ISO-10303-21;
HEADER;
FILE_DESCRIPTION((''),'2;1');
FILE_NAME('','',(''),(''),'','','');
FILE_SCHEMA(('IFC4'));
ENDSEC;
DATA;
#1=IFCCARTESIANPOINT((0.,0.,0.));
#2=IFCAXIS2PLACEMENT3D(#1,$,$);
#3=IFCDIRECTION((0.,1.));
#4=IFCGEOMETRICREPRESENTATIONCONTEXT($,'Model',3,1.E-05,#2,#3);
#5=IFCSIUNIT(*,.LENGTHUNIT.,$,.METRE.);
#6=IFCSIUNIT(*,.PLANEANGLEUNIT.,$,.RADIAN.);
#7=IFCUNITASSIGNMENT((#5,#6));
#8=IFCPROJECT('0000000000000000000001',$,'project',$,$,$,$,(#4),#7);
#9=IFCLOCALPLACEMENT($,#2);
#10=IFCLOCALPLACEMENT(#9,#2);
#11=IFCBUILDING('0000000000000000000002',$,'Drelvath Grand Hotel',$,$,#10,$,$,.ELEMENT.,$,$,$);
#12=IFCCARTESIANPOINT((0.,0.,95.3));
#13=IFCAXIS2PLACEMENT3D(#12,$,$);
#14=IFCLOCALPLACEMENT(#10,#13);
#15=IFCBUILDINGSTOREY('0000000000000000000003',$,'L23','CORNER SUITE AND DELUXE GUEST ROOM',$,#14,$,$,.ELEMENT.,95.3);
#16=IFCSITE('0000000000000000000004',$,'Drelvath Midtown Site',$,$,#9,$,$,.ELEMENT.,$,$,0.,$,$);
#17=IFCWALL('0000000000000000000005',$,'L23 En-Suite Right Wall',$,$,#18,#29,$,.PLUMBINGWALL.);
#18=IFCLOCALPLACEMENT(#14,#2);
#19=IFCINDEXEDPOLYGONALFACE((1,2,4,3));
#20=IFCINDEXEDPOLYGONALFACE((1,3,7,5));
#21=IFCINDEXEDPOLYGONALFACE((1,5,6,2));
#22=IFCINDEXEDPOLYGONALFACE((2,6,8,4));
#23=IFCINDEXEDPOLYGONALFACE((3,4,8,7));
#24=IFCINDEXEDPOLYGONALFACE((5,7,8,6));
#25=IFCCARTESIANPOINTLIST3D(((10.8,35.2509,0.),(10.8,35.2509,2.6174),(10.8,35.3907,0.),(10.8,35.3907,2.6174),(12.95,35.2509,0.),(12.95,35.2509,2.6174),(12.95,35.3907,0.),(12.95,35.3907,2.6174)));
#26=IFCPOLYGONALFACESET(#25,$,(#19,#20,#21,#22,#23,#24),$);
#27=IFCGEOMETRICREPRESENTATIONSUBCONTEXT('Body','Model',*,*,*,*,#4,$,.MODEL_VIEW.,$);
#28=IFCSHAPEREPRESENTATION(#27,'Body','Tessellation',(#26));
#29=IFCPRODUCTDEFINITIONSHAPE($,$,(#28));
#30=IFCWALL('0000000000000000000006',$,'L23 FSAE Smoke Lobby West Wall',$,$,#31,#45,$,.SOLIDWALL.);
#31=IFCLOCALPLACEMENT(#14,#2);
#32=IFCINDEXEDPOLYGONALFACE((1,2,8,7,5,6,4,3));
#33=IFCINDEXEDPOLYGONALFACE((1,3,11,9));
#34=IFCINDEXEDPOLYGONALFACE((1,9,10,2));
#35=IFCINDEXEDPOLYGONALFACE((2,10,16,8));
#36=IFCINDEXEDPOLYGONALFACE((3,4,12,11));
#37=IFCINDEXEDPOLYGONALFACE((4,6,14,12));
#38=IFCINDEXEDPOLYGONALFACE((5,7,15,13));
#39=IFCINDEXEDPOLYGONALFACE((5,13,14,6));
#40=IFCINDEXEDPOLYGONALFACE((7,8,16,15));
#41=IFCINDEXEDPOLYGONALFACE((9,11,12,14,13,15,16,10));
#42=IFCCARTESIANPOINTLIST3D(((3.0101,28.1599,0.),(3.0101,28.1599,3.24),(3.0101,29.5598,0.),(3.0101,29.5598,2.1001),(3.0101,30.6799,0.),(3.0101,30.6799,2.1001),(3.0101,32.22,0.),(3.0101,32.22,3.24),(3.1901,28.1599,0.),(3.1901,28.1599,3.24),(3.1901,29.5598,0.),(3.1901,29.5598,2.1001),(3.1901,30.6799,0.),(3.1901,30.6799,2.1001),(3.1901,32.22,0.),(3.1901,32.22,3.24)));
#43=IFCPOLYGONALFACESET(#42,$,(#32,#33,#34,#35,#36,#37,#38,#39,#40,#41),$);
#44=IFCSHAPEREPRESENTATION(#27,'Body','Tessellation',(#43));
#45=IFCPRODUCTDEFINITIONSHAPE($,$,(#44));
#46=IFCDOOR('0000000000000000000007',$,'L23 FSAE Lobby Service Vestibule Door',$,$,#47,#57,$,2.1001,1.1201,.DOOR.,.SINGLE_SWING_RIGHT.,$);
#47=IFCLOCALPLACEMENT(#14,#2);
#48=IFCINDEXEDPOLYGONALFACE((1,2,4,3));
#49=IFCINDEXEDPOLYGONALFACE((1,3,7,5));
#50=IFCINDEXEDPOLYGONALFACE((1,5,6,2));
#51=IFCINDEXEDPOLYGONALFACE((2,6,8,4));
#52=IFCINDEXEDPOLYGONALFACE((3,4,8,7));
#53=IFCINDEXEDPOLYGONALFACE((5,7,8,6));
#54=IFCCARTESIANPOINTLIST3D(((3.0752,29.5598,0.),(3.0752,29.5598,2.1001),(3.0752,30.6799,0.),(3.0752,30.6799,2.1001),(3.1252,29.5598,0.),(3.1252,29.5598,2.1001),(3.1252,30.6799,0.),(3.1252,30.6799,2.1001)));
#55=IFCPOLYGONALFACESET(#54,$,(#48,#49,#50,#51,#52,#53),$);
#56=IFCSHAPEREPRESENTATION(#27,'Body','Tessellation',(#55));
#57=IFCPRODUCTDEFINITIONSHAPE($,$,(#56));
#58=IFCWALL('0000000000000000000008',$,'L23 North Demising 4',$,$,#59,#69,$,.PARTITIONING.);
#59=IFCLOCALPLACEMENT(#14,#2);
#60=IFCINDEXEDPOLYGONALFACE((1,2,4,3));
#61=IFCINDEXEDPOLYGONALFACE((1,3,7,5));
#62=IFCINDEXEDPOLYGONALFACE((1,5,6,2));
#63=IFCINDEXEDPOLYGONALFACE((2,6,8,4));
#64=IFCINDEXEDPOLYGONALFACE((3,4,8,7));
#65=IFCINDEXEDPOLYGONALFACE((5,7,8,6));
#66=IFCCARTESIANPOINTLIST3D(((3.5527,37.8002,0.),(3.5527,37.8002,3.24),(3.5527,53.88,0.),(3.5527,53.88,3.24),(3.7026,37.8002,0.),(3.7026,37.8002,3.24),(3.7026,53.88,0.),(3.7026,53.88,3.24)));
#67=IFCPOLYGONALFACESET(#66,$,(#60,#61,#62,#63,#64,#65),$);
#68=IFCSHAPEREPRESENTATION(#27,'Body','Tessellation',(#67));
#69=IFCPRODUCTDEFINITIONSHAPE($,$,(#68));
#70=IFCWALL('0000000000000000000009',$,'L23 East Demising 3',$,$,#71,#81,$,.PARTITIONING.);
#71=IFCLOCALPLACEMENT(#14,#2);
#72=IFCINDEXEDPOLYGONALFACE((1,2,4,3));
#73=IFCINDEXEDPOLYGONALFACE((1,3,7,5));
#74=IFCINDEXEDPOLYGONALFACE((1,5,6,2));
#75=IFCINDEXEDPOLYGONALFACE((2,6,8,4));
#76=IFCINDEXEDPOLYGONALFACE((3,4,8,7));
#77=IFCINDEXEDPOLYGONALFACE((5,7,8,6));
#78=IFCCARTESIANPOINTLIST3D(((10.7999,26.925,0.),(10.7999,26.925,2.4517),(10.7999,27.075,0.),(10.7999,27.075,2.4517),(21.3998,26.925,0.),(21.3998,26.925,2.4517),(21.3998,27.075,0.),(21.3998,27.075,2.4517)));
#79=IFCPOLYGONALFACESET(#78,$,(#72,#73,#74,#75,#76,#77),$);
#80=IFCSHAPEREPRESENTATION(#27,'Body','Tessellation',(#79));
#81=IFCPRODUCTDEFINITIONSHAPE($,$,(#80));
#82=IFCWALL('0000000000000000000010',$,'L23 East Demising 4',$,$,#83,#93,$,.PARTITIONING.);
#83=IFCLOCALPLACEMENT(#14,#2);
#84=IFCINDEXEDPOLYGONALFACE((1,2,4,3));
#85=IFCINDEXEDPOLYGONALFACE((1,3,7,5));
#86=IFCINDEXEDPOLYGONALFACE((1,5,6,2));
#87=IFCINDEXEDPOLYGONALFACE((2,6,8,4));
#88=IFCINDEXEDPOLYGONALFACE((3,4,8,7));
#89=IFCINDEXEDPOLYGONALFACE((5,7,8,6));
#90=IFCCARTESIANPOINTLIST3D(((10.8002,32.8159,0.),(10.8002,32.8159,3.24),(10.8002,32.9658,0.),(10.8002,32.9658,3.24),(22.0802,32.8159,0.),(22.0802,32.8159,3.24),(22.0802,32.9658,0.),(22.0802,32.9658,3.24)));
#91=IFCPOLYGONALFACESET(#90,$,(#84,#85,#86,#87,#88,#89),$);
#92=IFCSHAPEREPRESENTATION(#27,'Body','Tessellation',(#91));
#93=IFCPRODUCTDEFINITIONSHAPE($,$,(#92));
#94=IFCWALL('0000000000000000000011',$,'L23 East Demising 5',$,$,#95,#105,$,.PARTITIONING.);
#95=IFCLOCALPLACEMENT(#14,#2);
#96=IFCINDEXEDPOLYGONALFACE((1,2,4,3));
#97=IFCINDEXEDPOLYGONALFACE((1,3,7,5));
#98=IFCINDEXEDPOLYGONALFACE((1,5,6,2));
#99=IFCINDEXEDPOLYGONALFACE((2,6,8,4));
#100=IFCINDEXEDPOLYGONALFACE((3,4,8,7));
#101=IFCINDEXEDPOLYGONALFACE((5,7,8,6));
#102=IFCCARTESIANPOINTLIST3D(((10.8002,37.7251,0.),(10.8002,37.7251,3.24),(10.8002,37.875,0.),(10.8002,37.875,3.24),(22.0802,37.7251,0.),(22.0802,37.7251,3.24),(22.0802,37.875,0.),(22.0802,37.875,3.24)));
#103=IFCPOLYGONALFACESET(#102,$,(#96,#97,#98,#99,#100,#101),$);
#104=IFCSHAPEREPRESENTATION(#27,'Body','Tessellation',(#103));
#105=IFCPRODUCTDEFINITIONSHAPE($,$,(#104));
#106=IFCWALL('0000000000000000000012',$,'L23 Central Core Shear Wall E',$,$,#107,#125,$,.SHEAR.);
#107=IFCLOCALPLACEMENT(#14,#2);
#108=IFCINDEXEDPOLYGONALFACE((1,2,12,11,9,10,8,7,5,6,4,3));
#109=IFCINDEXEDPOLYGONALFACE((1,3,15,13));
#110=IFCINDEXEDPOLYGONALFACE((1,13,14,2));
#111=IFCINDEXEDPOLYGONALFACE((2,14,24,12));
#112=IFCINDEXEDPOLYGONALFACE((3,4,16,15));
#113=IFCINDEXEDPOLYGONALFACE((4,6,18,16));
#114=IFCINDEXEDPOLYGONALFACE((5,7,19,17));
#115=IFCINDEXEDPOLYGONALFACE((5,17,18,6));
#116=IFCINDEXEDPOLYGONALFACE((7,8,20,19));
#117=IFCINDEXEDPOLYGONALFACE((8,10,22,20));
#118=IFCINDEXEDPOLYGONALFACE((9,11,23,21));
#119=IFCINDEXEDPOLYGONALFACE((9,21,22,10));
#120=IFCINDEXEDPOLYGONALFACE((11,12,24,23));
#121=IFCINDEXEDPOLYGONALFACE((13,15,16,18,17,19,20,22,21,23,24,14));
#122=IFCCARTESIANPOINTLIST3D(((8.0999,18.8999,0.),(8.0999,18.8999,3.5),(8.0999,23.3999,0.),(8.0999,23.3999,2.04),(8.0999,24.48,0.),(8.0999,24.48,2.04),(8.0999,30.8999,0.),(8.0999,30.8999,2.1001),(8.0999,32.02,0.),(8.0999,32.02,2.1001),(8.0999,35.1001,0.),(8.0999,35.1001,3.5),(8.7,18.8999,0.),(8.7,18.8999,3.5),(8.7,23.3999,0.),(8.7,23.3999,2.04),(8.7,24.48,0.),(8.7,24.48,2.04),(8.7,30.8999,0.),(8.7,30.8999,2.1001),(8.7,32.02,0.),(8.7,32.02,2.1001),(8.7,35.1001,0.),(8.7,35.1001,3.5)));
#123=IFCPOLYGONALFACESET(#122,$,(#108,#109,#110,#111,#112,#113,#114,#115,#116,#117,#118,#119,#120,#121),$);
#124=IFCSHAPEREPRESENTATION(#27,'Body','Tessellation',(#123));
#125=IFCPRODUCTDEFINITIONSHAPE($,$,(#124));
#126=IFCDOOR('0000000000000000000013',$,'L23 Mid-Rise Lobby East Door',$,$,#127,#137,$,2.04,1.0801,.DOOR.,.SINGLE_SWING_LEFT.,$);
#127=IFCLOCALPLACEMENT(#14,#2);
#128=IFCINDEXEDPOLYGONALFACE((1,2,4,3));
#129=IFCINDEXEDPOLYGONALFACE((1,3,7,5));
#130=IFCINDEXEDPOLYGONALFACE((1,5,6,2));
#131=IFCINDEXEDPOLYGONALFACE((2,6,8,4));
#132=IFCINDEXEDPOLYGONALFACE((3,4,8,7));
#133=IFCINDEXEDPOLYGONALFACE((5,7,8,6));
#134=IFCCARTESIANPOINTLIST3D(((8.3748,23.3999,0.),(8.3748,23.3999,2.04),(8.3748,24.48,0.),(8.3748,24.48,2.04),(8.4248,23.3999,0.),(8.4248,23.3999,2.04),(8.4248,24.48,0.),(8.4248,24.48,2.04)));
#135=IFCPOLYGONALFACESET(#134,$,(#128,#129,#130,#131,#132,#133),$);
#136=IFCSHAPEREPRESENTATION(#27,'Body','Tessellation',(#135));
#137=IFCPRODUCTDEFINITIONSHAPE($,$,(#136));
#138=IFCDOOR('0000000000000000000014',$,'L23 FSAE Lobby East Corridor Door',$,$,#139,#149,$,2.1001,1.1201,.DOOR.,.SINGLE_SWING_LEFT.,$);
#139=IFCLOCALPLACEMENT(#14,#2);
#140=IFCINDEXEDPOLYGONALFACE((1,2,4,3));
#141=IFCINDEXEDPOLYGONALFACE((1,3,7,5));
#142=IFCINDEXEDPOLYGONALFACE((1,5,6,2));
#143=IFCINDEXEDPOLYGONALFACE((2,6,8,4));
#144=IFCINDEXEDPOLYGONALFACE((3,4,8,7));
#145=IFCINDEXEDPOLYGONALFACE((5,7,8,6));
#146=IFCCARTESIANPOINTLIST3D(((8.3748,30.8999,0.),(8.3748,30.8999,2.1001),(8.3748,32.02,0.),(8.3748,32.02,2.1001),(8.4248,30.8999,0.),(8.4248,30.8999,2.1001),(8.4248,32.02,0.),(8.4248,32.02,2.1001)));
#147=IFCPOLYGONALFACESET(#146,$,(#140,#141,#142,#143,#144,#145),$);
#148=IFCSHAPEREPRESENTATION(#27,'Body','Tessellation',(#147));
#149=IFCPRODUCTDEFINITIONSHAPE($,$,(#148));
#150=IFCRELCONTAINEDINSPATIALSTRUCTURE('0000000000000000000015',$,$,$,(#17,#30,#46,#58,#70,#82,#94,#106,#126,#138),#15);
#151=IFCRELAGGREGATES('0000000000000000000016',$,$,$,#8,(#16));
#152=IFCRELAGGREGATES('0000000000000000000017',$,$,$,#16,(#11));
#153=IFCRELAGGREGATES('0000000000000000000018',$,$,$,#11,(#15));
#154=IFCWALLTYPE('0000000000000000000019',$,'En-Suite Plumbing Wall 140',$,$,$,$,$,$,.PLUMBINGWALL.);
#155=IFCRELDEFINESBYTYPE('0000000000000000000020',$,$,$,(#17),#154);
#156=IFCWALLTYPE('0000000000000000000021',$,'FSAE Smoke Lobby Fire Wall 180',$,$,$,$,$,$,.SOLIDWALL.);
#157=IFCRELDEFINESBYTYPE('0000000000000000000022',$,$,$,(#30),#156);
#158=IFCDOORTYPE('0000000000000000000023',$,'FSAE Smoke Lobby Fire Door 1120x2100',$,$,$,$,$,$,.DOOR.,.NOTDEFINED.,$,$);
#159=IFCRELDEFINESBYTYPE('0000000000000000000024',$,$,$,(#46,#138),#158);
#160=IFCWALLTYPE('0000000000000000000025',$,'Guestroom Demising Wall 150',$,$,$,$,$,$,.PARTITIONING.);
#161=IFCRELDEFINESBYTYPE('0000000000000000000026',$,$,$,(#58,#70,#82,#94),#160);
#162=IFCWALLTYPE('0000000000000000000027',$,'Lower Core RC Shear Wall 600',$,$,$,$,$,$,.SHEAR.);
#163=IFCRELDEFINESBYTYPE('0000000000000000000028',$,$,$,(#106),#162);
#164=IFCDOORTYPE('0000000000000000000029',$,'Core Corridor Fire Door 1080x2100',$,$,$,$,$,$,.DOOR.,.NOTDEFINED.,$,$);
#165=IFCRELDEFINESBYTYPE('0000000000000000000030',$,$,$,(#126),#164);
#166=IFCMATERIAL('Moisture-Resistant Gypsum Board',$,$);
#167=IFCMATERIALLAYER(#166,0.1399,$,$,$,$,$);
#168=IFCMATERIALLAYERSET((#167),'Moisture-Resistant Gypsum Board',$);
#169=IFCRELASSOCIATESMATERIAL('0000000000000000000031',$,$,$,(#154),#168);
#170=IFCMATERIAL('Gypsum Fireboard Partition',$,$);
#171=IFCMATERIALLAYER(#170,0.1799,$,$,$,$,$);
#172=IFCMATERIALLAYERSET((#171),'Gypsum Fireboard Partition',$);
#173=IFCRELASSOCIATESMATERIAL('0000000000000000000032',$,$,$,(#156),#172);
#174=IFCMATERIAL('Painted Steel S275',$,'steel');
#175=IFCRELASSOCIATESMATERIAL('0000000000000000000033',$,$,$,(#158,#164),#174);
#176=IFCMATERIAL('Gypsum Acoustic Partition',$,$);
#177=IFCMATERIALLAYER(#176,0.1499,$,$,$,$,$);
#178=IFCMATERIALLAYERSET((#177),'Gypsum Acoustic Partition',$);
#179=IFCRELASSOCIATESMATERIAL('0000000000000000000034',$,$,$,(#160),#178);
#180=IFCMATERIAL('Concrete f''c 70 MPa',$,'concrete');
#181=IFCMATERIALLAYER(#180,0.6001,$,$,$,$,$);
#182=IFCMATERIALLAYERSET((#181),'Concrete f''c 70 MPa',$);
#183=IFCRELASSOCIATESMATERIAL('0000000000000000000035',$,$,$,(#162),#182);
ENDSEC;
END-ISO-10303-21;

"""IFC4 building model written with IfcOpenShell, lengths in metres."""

from ifc_helpers import new_model, si_unit, direction, frame, frame_2d, origin, place, context, subcontext, project, spatial, rectangle, extrude, material, layer, layer_set, type_object, element, fill, save


model = new_model("IFC4")

# Units and contexts
model_context = context("Model", 3, precision=1e-05, world=origin(), true_north=direction((0.0, 1.0)))
body_context = subcontext(model_context, "Body", "Model", "MODEL_VIEW")
ifc_project = project(units=[si_unit("LENGTHUNIT", "METRE"), si_unit("PLANEANGLEUNIT", "RADIAN")], contexts=[model_context])

# Site, building, storey
site_placement = place(None, origin())
site = spatial("IfcSite", under=ifc_project, at=site_placement, Name="Drelvath Midtown Site", CompositionType="ELEMENT", RefElevation=0.0)
building_placement = place(site_placement, origin())
building = spatial("IfcBuilding", under=site, at=building_placement, Name="Drelvath Grand Hotel", CompositionType="ELEMENT")
storey_placement = place(building_placement, frame((0.0, 0.0, 95.3)))
storey = spatial("IfcBuildingStorey", under=building, at=storey_placement, Name="L23", Description="CORNER SUITE AND DELUXE GUEST ROOM", CompositionType="ELEMENT", Elevation=95.3)

# Shared definitions
ifc_material_1 = material(Name="Concrete f'c 70 MPa", Category="concrete")

# Shared definitions
ifc_material_2 = material(Name="Painted Steel S275", Category="steel")

# Wall
ifc_material_3 = material(Name="Gypsum Fireboard Partition")
ifc_material_4 = material(Name="Moisture-Resistant Gypsum Board")
ifc_layer_1 = layer(ifc_material_4, 0.1399)
ifc_layer_set_1 = layer_set([ifc_layer_1], Name="Moisture-Resistant Gypsum Board")
wall_type_1 = type_object("IfcWallType", Name="En-Suite Plumbing Wall 140", PredefinedType="PLUMBINGWALL", material=ifc_layer_set_1)
wall_1_placement = place(storey_placement, frame((10.8, 35.3208, 0.0), z_axis=(0.0, 0.0, 1.0), x_axis=(1.0, 0.0, 0.0)))
element("IfcWall", 1, at=wall_1_placement, inside=storey, type_object=wall_type_1, Name="L23 En-Suite Right Wall", PredefinedType="PLUMBINGWALL", context=body_context, shape_type="SweptSolid", body=[
    extrude(rectangle(XDim=2.1499, YDim=0.1399, at=frame_2d((1.075, 0.0))), origin(), (0.0, 0.0, 1.0), 2.6174),
])

# Wall, opening, door
ifc_layer_2 = layer(ifc_material_3, 0.1799)
ifc_layer_set_2 = layer_set([ifc_layer_2], Name="Gypsum Fireboard Partition")
wall_type_2 = type_object("IfcWallType", Name="FSAE Smoke Lobby Fire Wall 180", PredefinedType="SOLIDWALL", material=ifc_layer_set_2)
wall_2_placement = place(storey_placement, frame((3.1001, 28.1599, 0.0), z_axis=(0.0, 0.0, 1.0), x_axis=(0.0, 1.0, 0.0)))
wall_2 = element("IfcWall", 2, at=wall_2_placement, inside=storey, type_object=wall_type_2, Name="L23 FSAE Smoke Lobby West Wall", PredefinedType="SOLIDWALL", context=body_context, shape_type="SweptSolid", body=[
    extrude(rectangle(XDim=4.0601, YDim=0.1799, at=frame_2d((2.03, 0.0))), origin(), (0.0, 0.0, 1.0), 3.24),
])
opening_1_placement = place(wall_2_placement, frame((1.3999, 0.0, 0.0)))
opening_1 = element("IfcOpeningElement", 3, at=opening_1_placement, cuts=wall_2, PredefinedType="OPENING", context=body_context, shape_type="SweptSolid", body=[
    extrude(rectangle(XDim=1.1201, YDim=2.1001, at=frame_2d((0.5601, 1.05))), frame((0.0, 0.0999, 0.0), z_axis=(0.0, -1.0, 0.0), x_axis=(1.0, 0.0, 0.0)), (0.0, 0.0, 1.0), 0.2),
])
door_type_1 = type_object("IfcDoorType", Name="FSAE Smoke Lobby Fire Door 1120x2100", OperationType="NOTDEFINED", PredefinedType="DOOR", material=ifc_material_2)
door_1_placement = place(opening_1_placement, origin())
door_1 = element("IfcDoor", 4, at=door_1_placement, inside=storey, type_object=door_type_1, Name="L23 FSAE Lobby Service Vestibule Door", OperationType="SINGLE_SWING_RIGHT", OverallHeight=2.1001, OverallWidth=1.1201, PredefinedType="DOOR", context=body_context, shape_type="SweptSolid", body=[
    extrude(rectangle(XDim=1.1201, YDim=2.1001, at=frame_2d((0.5601, 1.05))), frame((0.0, 0.0249, 0.0), z_axis=(0.0, -1.0, 0.0), x_axis=(1.0, 0.0, 0.0)), (0.0, 0.0, 1.0), 0.05),
])
fill(opening_1, door_1)

# Walls
ifc_material_5 = material(Name="Gypsum Acoustic Partition")
ifc_layer_3 = layer(ifc_material_5, 0.1499)
ifc_layer_set_3 = layer_set([ifc_layer_3], Name="Gypsum Acoustic Partition")
wall_type_3 = type_object("IfcWallType", Name="Guestroom Demising Wall 150", PredefinedType="PARTITIONING", material=ifc_layer_set_3)
wall_3_placement = place(storey_placement, frame((3.6277, 37.8, 0.0), z_axis=(0.0, 0.0, 1.0), x_axis=(0.0, 1.0, 0.0)))
element("IfcWall", 5, at=wall_3_placement, inside=storey, type_object=wall_type_3, Name="L23 North Demising 4", PredefinedType="PARTITIONING", context=body_context, shape_type="SweptSolid", body=[
    extrude(rectangle(XDim=16.0798, YDim=0.1499, at=frame_2d((8.04, 0.0))), origin(), (0.0, 0.0, 1.0), 3.24),
])
wall_4_placement = place(storey_placement, frame((10.8, 27.0, 0.0), z_axis=(0.0, 0.0, 1.0), x_axis=(1.0, 0.0, 0.0)))
element("IfcWall", 6, at=wall_4_placement, inside=storey, type_object=wall_type_3, Name="L23 East Demising 3", PredefinedType="PARTITIONING", context=body_context, shape_type="SweptSolid", body=[
    extrude(rectangle(XDim=10.5999, YDim=0.1499, at=frame_2d((5.2998, 0.0))), origin(), (0.0, 0.0, 1.0), 2.4517),
])
for number, where, z_axis, x_axis, name in (
    (7, (10.8, 32.8909, 0.0), (0.0, 0.0, 1.0), (1.0, 0.0, 0.0), "L23 East Demising 4"),
    (8, (10.8, 37.8, 0.0), (0.0, 0.0, 1.0), (1.0, 0.0, 0.0), "L23 East Demising 5"),
):
    element("IfcWall", number, at=place(storey_placement, frame(where, z_axis=z_axis, x_axis=x_axis)), inside=storey, type_object=wall_type_3, Name=name, PredefinedType="PARTITIONING", context=body_context, shape_type="SweptSolid", body=[
        extrude(rectangle(XDim=11.28, YDim=0.1499, at=frame_2d((5.6401, 0.0))), origin(), (0.0, 0.0, 1.0), 3.24),
    ])

# Wall, openings, doors
ifc_layer_4 = layer(ifc_material_1, 0.6001)
ifc_layer_set_4 = layer_set([ifc_layer_4], Name="Concrete f'c 70 MPa")
wall_type_4 = type_object("IfcWallType", Name="Lower Core RC Shear Wall 600", PredefinedType="SHEAR", material=ifc_layer_set_4)
wall_5_placement = place(storey_placement, frame((8.3999, 35.1001, 0.0), z_axis=(0.0, 0.0, 1.0), x_axis=(0.0, -1.0, 0.0)))
wall_5 = element("IfcWall", 9, at=wall_5_placement, inside=storey, type_object=wall_type_4, Name="L23 Central Core Shear Wall E", PredefinedType="SHEAR", context=body_context, shape_type="SweptSolid", body=[
    extrude(rectangle(XDim=16.2002, YDim=0.6001, at=frame_2d((8.1001, 0.0))), origin(), (0.0, 0.0, 1.0), 3.5),
])
opening_2_placement = place(wall_5_placement, frame((3.0801, 0.0, 0.0)))
opening_2 = element("IfcOpeningElement", 10, at=opening_2_placement, cuts=wall_5, PredefinedType="OPENING", context=body_context, shape_type="SweptSolid", body=[
    extrude(rectangle(XDim=1.1201, YDim=2.1001, at=frame_2d((0.5601, 1.05))), frame((0.0, 0.3101, 0.0), z_axis=(0.0, -1.0, 0.0), x_axis=(1.0, 0.0, 0.0)), (0.0, 0.0, 1.0), 0.6201),
])
opening_3_placement = place(wall_5_placement, frame((10.6201, 0.0, 0.0)))
opening_3 = element("IfcOpeningElement", 11, at=opening_3_placement, cuts=wall_5, PredefinedType="OPENING", context=body_context, shape_type="SweptSolid", body=[
    extrude(rectangle(XDim=1.0801, YDim=2.04, at=frame_2d((0.54, 1.02))), frame((0.0, 0.3101, 0.0), z_axis=(0.0, -1.0, 0.0), x_axis=(1.0, 0.0, 0.0)), (0.0, 0.0, 1.0), 0.6201),
])
door_type_2 = type_object("IfcDoorType", Name="Core Corridor Fire Door 1080x2100", OperationType="NOTDEFINED", PredefinedType="DOOR", material=ifc_material_2)
door_2_placement = place(opening_3_placement, origin())
door_2 = element("IfcDoor", 12, at=door_2_placement, inside=storey, type_object=door_type_2, Name="L23 Mid-Rise Lobby East Door", OperationType="SINGLE_SWING_LEFT", OverallHeight=2.04, OverallWidth=1.0801, PredefinedType="DOOR", context=body_context, shape_type="SweptSolid", body=[
    extrude(rectangle(XDim=1.0801, YDim=2.04, at=frame_2d((0.54, 1.02))), frame((0.0, 0.0249, 0.0), z_axis=(0.0, -1.0, 0.0), x_axis=(1.0, 0.0, 0.0)), (0.0, 0.0, 1.0), 0.05),
])
fill(opening_3, door_2)
door_3_placement = place(opening_2_placement, origin())
door_3 = element("IfcDoor", 13, at=door_3_placement, inside=storey, type_object=door_type_1, Name="L23 FSAE Lobby East Corridor Door", OperationType="SINGLE_SWING_LEFT", OverallHeight=2.1001, OverallWidth=1.1201, PredefinedType="DOOR", context=body_context, shape_type="SweptSolid", body=[
    extrude(rectangle(XDim=1.1201, YDim=2.1001, at=frame_2d((0.5601, 1.05))), frame((0.0, 0.0249, 0.0), z_axis=(0.0, -1.0, 0.0), x_axis=(1.0, 0.0, 0.0)), (0.0, 0.0, 1.0), 0.05),
])
fill(opening_2, door_3)

save(model, "model.ifc")
